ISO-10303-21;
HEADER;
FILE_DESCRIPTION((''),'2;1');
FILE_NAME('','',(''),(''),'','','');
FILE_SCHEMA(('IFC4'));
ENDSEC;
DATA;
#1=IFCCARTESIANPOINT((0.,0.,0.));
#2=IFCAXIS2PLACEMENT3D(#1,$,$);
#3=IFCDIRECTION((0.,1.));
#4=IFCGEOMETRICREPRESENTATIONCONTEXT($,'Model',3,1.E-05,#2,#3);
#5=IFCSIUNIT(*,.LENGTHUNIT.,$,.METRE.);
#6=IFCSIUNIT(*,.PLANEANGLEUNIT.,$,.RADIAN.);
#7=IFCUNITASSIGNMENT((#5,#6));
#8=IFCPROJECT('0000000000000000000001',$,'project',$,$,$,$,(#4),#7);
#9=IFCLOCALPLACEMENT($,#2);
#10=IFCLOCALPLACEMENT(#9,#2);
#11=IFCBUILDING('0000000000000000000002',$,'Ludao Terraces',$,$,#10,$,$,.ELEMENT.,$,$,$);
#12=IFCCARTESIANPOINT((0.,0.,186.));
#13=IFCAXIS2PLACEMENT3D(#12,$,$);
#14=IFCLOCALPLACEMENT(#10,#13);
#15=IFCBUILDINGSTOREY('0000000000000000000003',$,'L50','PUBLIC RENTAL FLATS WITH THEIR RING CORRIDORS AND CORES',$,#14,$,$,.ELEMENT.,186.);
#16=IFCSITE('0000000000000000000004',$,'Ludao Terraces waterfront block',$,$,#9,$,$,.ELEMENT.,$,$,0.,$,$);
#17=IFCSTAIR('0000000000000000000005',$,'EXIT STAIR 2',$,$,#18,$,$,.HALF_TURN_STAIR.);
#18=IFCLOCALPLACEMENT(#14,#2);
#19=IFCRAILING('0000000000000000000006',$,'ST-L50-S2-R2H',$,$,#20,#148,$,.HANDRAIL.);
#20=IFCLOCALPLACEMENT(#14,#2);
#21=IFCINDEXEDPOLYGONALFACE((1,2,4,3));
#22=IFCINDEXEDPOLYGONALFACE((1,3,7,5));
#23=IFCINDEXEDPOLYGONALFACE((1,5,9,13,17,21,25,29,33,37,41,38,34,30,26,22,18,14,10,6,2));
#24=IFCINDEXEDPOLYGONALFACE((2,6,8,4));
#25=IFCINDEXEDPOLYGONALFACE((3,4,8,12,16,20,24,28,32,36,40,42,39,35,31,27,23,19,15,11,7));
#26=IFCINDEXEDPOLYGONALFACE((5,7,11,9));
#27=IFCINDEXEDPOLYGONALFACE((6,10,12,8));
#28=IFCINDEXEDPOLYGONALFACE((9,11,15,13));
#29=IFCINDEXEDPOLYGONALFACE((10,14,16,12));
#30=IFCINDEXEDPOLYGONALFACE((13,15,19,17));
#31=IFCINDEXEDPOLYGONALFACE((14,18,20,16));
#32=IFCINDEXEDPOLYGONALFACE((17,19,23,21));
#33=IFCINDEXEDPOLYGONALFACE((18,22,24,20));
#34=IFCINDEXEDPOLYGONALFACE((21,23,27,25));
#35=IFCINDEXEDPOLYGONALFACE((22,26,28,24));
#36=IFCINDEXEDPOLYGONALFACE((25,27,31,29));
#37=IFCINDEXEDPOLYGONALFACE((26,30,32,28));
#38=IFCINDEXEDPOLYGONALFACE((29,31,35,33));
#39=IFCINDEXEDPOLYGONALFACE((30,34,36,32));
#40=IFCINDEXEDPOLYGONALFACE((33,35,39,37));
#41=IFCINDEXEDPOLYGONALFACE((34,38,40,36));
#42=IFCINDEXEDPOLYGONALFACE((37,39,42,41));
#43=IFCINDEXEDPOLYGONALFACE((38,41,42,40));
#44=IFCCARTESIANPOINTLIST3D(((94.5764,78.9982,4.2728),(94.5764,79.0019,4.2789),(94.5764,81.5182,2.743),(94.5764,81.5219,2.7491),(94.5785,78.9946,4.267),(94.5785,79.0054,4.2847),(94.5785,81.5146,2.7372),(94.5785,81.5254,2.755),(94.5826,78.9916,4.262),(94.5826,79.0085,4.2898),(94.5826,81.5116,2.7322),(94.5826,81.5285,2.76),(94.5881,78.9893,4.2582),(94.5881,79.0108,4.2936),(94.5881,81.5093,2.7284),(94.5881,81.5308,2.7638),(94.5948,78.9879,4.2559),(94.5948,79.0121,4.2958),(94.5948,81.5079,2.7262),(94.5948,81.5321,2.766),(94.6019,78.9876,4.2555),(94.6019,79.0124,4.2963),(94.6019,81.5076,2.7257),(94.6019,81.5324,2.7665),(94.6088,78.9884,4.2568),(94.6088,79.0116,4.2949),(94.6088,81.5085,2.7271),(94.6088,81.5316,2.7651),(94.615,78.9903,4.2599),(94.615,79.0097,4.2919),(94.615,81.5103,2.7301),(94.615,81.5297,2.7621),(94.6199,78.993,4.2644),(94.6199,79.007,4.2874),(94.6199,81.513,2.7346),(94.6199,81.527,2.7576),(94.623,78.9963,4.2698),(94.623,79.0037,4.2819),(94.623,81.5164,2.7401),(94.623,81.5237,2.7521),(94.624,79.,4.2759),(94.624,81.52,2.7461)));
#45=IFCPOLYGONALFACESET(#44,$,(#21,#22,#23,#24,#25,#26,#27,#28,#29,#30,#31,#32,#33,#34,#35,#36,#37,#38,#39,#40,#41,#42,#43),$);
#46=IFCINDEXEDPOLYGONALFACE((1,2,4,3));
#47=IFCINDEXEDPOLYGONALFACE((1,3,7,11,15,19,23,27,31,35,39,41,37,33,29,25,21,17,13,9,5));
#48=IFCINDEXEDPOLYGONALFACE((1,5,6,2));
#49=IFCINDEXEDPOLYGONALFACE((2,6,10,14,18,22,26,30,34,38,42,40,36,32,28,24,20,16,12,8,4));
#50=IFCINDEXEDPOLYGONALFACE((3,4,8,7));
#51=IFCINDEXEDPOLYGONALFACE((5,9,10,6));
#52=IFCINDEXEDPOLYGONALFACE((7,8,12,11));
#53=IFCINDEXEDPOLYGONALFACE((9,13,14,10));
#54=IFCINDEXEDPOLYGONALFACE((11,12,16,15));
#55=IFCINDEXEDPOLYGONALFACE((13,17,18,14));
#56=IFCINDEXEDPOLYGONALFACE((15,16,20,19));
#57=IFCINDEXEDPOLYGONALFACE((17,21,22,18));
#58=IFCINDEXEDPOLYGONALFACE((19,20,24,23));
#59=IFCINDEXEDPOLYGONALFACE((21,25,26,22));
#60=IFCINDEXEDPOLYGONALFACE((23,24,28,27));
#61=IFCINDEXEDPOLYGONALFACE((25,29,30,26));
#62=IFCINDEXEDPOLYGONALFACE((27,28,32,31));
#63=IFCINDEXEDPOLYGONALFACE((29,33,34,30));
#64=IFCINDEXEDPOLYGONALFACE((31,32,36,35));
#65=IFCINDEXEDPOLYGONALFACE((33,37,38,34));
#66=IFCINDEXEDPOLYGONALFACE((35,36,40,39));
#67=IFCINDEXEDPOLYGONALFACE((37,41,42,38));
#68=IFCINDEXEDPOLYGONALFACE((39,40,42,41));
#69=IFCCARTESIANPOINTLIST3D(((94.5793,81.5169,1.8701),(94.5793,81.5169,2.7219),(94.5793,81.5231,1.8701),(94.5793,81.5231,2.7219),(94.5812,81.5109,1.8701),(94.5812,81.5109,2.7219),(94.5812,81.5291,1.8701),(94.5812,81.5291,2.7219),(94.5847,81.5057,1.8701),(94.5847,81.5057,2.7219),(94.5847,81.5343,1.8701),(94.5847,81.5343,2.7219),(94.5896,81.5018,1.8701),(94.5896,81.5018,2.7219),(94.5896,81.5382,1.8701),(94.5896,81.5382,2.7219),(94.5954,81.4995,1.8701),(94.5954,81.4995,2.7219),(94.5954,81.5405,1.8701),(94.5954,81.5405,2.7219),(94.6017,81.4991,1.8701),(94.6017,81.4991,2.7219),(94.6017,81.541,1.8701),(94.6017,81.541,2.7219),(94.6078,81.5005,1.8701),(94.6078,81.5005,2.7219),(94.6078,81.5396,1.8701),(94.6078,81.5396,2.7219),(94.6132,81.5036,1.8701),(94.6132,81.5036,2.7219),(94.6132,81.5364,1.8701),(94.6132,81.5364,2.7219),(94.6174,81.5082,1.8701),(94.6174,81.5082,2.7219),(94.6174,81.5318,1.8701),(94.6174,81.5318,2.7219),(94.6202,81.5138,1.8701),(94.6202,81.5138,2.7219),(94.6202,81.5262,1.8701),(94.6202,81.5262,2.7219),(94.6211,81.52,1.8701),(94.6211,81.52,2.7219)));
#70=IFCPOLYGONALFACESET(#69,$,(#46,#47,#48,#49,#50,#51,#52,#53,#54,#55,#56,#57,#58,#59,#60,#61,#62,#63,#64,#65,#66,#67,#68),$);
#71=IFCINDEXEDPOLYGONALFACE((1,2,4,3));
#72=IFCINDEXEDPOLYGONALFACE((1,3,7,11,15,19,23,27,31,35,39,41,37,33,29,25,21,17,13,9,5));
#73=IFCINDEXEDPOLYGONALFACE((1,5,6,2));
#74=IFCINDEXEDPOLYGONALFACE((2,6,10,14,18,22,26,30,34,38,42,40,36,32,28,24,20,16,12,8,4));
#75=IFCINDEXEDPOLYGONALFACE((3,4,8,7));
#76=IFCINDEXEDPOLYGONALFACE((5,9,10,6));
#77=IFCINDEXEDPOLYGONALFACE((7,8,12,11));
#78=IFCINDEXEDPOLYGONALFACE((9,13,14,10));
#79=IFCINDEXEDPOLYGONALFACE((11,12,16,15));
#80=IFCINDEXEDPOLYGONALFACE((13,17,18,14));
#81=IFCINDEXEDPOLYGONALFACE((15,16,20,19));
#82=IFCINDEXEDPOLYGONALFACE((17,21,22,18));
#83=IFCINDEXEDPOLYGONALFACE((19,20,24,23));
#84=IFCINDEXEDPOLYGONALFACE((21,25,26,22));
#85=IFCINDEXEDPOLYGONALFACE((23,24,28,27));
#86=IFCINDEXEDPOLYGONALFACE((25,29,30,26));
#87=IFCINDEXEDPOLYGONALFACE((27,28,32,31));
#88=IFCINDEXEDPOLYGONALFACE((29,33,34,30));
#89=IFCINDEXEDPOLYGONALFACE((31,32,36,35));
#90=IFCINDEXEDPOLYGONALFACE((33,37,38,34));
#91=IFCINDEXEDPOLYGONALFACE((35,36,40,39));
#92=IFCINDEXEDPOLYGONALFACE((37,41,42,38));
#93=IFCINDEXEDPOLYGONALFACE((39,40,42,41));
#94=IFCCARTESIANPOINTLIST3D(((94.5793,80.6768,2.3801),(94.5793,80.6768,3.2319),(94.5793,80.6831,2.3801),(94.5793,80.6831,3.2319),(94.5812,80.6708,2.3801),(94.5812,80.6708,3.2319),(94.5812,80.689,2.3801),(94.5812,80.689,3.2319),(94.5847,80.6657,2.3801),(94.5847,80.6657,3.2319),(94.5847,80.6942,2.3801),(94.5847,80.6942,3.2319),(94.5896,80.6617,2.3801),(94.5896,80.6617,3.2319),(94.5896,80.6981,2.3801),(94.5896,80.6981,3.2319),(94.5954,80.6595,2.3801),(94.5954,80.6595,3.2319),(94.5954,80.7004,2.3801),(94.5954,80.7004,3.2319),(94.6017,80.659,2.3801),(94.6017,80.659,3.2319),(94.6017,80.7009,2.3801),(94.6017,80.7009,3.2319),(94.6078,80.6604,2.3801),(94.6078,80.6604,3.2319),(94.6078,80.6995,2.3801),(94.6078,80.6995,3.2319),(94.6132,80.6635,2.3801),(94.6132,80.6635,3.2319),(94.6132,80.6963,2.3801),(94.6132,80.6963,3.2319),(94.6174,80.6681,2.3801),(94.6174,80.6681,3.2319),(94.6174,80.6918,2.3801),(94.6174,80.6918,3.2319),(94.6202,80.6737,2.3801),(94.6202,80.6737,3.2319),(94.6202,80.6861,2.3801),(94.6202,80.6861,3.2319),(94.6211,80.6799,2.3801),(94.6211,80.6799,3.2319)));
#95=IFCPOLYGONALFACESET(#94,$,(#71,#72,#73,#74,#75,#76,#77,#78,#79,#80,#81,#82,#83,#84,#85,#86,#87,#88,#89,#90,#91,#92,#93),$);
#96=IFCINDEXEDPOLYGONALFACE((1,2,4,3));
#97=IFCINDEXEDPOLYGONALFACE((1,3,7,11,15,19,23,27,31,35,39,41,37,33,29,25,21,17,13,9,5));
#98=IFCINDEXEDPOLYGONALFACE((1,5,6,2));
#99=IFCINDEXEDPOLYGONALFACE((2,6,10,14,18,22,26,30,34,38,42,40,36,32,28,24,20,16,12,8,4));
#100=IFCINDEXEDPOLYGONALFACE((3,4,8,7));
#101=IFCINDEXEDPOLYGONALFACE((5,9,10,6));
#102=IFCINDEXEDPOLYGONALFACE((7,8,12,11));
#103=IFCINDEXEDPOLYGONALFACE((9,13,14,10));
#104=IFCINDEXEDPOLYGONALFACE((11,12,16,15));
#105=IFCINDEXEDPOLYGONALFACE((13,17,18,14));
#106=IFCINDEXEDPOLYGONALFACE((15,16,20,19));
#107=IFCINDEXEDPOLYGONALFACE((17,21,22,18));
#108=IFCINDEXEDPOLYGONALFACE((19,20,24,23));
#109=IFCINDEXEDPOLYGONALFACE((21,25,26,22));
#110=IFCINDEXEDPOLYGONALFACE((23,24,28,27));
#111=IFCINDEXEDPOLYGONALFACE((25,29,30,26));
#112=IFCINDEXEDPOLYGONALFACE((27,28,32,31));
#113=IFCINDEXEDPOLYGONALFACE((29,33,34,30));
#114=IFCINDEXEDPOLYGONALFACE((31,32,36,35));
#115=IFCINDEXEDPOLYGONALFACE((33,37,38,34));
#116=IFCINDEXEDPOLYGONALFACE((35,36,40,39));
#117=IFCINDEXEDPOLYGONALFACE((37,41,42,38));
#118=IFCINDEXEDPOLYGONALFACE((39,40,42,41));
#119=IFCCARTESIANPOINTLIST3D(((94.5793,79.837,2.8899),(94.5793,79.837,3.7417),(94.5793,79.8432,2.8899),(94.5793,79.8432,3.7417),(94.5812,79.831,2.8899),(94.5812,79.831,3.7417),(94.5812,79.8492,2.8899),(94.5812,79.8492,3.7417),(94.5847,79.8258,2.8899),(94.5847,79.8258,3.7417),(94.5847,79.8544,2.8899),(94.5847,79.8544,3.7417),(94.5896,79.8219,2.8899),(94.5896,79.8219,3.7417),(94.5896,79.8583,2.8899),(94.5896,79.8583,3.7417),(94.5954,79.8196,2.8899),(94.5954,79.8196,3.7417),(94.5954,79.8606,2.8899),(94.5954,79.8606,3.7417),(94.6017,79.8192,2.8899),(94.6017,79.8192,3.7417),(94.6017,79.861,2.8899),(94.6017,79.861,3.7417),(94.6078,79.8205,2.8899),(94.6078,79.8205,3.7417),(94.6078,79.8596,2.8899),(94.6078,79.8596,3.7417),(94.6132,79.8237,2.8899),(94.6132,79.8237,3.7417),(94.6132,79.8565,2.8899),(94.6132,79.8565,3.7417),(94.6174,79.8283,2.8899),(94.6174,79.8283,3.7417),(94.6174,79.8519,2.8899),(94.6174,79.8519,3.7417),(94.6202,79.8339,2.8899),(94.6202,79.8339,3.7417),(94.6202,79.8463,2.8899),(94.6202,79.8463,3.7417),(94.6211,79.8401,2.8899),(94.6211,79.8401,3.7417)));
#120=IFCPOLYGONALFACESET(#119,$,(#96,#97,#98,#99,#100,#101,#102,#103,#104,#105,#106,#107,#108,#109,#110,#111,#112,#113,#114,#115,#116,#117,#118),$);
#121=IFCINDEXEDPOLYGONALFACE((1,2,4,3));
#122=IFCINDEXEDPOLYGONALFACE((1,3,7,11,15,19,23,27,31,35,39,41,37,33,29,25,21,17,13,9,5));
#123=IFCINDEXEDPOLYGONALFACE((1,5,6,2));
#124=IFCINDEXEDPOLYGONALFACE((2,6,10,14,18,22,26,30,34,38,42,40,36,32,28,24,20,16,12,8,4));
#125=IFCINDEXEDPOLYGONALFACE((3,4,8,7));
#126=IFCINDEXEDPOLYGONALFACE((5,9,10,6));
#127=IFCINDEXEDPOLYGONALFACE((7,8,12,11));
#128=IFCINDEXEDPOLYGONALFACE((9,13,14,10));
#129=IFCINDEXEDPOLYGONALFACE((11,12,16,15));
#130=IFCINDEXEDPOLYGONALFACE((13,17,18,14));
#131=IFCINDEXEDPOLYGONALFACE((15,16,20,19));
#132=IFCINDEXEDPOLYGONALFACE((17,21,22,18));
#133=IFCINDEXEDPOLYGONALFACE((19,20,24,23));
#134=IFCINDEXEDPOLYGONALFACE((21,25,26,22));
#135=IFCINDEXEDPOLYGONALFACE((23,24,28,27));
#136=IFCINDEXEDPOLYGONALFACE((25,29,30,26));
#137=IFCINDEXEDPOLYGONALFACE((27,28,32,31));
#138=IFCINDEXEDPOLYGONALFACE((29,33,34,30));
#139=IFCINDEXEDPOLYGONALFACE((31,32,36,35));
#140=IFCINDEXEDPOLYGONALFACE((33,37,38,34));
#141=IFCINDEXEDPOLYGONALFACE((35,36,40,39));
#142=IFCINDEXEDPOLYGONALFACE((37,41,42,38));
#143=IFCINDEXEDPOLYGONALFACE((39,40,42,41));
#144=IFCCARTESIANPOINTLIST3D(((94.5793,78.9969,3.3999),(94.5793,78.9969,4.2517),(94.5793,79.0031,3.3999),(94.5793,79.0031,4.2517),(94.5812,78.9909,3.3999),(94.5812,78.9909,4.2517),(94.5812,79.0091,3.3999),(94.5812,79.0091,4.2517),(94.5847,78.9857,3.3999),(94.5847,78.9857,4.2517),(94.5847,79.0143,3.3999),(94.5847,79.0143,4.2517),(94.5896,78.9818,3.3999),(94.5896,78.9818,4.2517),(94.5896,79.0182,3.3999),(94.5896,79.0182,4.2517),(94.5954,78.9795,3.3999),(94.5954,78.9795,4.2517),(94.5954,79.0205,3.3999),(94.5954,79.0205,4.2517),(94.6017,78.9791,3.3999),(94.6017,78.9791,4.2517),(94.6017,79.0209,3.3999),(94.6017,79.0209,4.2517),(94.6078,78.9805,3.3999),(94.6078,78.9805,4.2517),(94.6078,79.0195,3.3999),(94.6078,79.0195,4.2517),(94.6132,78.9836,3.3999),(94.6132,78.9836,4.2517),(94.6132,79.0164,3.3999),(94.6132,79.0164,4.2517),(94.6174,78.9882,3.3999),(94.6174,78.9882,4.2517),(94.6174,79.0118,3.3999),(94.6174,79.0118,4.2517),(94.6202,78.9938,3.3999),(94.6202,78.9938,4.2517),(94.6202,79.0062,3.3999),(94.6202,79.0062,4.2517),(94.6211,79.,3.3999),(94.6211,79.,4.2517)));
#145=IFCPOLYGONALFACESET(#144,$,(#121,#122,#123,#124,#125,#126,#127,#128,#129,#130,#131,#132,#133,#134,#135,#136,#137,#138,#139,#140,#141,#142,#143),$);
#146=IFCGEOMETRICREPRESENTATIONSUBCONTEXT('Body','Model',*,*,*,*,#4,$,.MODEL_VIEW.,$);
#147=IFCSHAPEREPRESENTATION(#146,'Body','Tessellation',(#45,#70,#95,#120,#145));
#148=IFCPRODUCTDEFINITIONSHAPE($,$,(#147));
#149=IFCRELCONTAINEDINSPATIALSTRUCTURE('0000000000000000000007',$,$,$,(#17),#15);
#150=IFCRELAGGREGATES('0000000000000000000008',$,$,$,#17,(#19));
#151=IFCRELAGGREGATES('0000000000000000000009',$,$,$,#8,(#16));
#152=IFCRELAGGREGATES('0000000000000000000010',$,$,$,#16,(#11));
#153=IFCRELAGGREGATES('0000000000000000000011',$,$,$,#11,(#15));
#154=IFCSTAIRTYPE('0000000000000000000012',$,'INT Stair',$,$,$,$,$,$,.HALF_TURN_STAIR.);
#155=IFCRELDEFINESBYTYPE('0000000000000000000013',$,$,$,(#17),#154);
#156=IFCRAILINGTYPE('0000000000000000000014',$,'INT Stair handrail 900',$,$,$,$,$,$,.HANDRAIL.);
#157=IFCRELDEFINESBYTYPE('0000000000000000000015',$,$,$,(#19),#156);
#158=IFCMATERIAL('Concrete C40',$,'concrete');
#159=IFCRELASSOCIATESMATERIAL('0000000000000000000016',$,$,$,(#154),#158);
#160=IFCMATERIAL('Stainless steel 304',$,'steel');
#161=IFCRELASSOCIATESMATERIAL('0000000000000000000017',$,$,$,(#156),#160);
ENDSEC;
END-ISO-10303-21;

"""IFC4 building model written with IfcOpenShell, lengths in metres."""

from ifc_helpers import new_model, si_unit, direction, frame, origin, origin_2d, place, context, subcontext, project, spatial, circle, extrude, material, type_object, element, aggregate, save


model = new_model("IFC4")

# Units and contexts
model_context = context("Model", 3, precision=1e-05, world=origin(), true_north=direction((0.0, 1.0)))
body_context = subcontext(model_context, "Body", "Model", "MODEL_VIEW")
ifc_project = project(units=[si_unit("LENGTHUNIT", "METRE"), si_unit("PLANEANGLEUNIT", "RADIAN")], contexts=[model_context])

# Site, building, storey
site_placement = place(None, origin())
site = spatial("IfcSite", under=ifc_project, at=site_placement, Name="Ludao Terraces waterfront block", CompositionType="ELEMENT", RefElevation=0.0)
building_placement = place(site_placement, origin())
building = spatial("IfcBuilding", under=site, at=building_placement, Name="Ludao Terraces", CompositionType="ELEMENT")
storey_placement = place(building_placement, frame((0.0, 0.0, 186.0)))
storey = spatial("IfcBuildingStorey", under=building, at=storey_placement, Name="L50", Description="PUBLIC RENTAL FLATS WITH THEIR RING CORRIDORS AND CORES", CompositionType="ELEMENT", Elevation=186.0)

# Shared definitions
ifc_material_1 = material(Name="Stainless steel 304", Category="steel")

# Stair, railing
ifc_material_2 = material(Name="Concrete C40", Category="concrete")
stair_type = type_object("IfcStairType", Name="INT Stair", PredefinedType="HALF_TURN_STAIR", material=ifc_material_2)
stair_placement = place(storey_placement, origin())
stair = element("IfcStair", 1, at=stair_placement, inside=storey, type_object=stair_type, Name="EXIT STAIR 2", PredefinedType="HALF_TURN_STAIR")
railing_type_1 = type_object("IfcRailingType", Name="INT Stair handrail 900", PredefinedType="HANDRAIL", material=ifc_material_1)
railing_1_placement = place(storey_placement, frame((94.6001, 81.52, 1.8701)))
railing_1 = element("IfcRailing", 2, at=railing_1_placement, type_object=railing_type_1, Name="ST-L50-S2-R2H", PredefinedType="HANDRAIL", context=body_context, shape_type="SweptSolid", body=[
    extrude(circle(Radius=0.0239, at=origin_2d()), frame((0.0, 0.0, 0.876), z_axis=(0.0, -0.854822, 0.518922), x_axis=(1.0, 0.0, 0.0)), (0.0, 0.0, 1.0), 2.948),
    extrude(circle(Radius=0.021, at=origin_2d()), origin(), (0.0, 0.0, 1.0), 0.8518),
    extrude(circle(Radius=0.021, at=origin_2d()), frame((0.0, -0.8401, 0.51)), (0.0, 0.0, 1.0), 0.8518),
    extrude(circle(Radius=0.021, at=origin_2d()), frame((0.0, -1.6799, 1.0198)), (0.0, 0.0, 1.0), 0.8518),
    extrude(circle(Radius=0.021, at=origin_2d()), frame((0.0, -2.52, 1.5298)), (0.0, 0.0, 1.0), 0.8518),
])
aggregate(stair, [railing_1])

save(model, "model.ifc")
